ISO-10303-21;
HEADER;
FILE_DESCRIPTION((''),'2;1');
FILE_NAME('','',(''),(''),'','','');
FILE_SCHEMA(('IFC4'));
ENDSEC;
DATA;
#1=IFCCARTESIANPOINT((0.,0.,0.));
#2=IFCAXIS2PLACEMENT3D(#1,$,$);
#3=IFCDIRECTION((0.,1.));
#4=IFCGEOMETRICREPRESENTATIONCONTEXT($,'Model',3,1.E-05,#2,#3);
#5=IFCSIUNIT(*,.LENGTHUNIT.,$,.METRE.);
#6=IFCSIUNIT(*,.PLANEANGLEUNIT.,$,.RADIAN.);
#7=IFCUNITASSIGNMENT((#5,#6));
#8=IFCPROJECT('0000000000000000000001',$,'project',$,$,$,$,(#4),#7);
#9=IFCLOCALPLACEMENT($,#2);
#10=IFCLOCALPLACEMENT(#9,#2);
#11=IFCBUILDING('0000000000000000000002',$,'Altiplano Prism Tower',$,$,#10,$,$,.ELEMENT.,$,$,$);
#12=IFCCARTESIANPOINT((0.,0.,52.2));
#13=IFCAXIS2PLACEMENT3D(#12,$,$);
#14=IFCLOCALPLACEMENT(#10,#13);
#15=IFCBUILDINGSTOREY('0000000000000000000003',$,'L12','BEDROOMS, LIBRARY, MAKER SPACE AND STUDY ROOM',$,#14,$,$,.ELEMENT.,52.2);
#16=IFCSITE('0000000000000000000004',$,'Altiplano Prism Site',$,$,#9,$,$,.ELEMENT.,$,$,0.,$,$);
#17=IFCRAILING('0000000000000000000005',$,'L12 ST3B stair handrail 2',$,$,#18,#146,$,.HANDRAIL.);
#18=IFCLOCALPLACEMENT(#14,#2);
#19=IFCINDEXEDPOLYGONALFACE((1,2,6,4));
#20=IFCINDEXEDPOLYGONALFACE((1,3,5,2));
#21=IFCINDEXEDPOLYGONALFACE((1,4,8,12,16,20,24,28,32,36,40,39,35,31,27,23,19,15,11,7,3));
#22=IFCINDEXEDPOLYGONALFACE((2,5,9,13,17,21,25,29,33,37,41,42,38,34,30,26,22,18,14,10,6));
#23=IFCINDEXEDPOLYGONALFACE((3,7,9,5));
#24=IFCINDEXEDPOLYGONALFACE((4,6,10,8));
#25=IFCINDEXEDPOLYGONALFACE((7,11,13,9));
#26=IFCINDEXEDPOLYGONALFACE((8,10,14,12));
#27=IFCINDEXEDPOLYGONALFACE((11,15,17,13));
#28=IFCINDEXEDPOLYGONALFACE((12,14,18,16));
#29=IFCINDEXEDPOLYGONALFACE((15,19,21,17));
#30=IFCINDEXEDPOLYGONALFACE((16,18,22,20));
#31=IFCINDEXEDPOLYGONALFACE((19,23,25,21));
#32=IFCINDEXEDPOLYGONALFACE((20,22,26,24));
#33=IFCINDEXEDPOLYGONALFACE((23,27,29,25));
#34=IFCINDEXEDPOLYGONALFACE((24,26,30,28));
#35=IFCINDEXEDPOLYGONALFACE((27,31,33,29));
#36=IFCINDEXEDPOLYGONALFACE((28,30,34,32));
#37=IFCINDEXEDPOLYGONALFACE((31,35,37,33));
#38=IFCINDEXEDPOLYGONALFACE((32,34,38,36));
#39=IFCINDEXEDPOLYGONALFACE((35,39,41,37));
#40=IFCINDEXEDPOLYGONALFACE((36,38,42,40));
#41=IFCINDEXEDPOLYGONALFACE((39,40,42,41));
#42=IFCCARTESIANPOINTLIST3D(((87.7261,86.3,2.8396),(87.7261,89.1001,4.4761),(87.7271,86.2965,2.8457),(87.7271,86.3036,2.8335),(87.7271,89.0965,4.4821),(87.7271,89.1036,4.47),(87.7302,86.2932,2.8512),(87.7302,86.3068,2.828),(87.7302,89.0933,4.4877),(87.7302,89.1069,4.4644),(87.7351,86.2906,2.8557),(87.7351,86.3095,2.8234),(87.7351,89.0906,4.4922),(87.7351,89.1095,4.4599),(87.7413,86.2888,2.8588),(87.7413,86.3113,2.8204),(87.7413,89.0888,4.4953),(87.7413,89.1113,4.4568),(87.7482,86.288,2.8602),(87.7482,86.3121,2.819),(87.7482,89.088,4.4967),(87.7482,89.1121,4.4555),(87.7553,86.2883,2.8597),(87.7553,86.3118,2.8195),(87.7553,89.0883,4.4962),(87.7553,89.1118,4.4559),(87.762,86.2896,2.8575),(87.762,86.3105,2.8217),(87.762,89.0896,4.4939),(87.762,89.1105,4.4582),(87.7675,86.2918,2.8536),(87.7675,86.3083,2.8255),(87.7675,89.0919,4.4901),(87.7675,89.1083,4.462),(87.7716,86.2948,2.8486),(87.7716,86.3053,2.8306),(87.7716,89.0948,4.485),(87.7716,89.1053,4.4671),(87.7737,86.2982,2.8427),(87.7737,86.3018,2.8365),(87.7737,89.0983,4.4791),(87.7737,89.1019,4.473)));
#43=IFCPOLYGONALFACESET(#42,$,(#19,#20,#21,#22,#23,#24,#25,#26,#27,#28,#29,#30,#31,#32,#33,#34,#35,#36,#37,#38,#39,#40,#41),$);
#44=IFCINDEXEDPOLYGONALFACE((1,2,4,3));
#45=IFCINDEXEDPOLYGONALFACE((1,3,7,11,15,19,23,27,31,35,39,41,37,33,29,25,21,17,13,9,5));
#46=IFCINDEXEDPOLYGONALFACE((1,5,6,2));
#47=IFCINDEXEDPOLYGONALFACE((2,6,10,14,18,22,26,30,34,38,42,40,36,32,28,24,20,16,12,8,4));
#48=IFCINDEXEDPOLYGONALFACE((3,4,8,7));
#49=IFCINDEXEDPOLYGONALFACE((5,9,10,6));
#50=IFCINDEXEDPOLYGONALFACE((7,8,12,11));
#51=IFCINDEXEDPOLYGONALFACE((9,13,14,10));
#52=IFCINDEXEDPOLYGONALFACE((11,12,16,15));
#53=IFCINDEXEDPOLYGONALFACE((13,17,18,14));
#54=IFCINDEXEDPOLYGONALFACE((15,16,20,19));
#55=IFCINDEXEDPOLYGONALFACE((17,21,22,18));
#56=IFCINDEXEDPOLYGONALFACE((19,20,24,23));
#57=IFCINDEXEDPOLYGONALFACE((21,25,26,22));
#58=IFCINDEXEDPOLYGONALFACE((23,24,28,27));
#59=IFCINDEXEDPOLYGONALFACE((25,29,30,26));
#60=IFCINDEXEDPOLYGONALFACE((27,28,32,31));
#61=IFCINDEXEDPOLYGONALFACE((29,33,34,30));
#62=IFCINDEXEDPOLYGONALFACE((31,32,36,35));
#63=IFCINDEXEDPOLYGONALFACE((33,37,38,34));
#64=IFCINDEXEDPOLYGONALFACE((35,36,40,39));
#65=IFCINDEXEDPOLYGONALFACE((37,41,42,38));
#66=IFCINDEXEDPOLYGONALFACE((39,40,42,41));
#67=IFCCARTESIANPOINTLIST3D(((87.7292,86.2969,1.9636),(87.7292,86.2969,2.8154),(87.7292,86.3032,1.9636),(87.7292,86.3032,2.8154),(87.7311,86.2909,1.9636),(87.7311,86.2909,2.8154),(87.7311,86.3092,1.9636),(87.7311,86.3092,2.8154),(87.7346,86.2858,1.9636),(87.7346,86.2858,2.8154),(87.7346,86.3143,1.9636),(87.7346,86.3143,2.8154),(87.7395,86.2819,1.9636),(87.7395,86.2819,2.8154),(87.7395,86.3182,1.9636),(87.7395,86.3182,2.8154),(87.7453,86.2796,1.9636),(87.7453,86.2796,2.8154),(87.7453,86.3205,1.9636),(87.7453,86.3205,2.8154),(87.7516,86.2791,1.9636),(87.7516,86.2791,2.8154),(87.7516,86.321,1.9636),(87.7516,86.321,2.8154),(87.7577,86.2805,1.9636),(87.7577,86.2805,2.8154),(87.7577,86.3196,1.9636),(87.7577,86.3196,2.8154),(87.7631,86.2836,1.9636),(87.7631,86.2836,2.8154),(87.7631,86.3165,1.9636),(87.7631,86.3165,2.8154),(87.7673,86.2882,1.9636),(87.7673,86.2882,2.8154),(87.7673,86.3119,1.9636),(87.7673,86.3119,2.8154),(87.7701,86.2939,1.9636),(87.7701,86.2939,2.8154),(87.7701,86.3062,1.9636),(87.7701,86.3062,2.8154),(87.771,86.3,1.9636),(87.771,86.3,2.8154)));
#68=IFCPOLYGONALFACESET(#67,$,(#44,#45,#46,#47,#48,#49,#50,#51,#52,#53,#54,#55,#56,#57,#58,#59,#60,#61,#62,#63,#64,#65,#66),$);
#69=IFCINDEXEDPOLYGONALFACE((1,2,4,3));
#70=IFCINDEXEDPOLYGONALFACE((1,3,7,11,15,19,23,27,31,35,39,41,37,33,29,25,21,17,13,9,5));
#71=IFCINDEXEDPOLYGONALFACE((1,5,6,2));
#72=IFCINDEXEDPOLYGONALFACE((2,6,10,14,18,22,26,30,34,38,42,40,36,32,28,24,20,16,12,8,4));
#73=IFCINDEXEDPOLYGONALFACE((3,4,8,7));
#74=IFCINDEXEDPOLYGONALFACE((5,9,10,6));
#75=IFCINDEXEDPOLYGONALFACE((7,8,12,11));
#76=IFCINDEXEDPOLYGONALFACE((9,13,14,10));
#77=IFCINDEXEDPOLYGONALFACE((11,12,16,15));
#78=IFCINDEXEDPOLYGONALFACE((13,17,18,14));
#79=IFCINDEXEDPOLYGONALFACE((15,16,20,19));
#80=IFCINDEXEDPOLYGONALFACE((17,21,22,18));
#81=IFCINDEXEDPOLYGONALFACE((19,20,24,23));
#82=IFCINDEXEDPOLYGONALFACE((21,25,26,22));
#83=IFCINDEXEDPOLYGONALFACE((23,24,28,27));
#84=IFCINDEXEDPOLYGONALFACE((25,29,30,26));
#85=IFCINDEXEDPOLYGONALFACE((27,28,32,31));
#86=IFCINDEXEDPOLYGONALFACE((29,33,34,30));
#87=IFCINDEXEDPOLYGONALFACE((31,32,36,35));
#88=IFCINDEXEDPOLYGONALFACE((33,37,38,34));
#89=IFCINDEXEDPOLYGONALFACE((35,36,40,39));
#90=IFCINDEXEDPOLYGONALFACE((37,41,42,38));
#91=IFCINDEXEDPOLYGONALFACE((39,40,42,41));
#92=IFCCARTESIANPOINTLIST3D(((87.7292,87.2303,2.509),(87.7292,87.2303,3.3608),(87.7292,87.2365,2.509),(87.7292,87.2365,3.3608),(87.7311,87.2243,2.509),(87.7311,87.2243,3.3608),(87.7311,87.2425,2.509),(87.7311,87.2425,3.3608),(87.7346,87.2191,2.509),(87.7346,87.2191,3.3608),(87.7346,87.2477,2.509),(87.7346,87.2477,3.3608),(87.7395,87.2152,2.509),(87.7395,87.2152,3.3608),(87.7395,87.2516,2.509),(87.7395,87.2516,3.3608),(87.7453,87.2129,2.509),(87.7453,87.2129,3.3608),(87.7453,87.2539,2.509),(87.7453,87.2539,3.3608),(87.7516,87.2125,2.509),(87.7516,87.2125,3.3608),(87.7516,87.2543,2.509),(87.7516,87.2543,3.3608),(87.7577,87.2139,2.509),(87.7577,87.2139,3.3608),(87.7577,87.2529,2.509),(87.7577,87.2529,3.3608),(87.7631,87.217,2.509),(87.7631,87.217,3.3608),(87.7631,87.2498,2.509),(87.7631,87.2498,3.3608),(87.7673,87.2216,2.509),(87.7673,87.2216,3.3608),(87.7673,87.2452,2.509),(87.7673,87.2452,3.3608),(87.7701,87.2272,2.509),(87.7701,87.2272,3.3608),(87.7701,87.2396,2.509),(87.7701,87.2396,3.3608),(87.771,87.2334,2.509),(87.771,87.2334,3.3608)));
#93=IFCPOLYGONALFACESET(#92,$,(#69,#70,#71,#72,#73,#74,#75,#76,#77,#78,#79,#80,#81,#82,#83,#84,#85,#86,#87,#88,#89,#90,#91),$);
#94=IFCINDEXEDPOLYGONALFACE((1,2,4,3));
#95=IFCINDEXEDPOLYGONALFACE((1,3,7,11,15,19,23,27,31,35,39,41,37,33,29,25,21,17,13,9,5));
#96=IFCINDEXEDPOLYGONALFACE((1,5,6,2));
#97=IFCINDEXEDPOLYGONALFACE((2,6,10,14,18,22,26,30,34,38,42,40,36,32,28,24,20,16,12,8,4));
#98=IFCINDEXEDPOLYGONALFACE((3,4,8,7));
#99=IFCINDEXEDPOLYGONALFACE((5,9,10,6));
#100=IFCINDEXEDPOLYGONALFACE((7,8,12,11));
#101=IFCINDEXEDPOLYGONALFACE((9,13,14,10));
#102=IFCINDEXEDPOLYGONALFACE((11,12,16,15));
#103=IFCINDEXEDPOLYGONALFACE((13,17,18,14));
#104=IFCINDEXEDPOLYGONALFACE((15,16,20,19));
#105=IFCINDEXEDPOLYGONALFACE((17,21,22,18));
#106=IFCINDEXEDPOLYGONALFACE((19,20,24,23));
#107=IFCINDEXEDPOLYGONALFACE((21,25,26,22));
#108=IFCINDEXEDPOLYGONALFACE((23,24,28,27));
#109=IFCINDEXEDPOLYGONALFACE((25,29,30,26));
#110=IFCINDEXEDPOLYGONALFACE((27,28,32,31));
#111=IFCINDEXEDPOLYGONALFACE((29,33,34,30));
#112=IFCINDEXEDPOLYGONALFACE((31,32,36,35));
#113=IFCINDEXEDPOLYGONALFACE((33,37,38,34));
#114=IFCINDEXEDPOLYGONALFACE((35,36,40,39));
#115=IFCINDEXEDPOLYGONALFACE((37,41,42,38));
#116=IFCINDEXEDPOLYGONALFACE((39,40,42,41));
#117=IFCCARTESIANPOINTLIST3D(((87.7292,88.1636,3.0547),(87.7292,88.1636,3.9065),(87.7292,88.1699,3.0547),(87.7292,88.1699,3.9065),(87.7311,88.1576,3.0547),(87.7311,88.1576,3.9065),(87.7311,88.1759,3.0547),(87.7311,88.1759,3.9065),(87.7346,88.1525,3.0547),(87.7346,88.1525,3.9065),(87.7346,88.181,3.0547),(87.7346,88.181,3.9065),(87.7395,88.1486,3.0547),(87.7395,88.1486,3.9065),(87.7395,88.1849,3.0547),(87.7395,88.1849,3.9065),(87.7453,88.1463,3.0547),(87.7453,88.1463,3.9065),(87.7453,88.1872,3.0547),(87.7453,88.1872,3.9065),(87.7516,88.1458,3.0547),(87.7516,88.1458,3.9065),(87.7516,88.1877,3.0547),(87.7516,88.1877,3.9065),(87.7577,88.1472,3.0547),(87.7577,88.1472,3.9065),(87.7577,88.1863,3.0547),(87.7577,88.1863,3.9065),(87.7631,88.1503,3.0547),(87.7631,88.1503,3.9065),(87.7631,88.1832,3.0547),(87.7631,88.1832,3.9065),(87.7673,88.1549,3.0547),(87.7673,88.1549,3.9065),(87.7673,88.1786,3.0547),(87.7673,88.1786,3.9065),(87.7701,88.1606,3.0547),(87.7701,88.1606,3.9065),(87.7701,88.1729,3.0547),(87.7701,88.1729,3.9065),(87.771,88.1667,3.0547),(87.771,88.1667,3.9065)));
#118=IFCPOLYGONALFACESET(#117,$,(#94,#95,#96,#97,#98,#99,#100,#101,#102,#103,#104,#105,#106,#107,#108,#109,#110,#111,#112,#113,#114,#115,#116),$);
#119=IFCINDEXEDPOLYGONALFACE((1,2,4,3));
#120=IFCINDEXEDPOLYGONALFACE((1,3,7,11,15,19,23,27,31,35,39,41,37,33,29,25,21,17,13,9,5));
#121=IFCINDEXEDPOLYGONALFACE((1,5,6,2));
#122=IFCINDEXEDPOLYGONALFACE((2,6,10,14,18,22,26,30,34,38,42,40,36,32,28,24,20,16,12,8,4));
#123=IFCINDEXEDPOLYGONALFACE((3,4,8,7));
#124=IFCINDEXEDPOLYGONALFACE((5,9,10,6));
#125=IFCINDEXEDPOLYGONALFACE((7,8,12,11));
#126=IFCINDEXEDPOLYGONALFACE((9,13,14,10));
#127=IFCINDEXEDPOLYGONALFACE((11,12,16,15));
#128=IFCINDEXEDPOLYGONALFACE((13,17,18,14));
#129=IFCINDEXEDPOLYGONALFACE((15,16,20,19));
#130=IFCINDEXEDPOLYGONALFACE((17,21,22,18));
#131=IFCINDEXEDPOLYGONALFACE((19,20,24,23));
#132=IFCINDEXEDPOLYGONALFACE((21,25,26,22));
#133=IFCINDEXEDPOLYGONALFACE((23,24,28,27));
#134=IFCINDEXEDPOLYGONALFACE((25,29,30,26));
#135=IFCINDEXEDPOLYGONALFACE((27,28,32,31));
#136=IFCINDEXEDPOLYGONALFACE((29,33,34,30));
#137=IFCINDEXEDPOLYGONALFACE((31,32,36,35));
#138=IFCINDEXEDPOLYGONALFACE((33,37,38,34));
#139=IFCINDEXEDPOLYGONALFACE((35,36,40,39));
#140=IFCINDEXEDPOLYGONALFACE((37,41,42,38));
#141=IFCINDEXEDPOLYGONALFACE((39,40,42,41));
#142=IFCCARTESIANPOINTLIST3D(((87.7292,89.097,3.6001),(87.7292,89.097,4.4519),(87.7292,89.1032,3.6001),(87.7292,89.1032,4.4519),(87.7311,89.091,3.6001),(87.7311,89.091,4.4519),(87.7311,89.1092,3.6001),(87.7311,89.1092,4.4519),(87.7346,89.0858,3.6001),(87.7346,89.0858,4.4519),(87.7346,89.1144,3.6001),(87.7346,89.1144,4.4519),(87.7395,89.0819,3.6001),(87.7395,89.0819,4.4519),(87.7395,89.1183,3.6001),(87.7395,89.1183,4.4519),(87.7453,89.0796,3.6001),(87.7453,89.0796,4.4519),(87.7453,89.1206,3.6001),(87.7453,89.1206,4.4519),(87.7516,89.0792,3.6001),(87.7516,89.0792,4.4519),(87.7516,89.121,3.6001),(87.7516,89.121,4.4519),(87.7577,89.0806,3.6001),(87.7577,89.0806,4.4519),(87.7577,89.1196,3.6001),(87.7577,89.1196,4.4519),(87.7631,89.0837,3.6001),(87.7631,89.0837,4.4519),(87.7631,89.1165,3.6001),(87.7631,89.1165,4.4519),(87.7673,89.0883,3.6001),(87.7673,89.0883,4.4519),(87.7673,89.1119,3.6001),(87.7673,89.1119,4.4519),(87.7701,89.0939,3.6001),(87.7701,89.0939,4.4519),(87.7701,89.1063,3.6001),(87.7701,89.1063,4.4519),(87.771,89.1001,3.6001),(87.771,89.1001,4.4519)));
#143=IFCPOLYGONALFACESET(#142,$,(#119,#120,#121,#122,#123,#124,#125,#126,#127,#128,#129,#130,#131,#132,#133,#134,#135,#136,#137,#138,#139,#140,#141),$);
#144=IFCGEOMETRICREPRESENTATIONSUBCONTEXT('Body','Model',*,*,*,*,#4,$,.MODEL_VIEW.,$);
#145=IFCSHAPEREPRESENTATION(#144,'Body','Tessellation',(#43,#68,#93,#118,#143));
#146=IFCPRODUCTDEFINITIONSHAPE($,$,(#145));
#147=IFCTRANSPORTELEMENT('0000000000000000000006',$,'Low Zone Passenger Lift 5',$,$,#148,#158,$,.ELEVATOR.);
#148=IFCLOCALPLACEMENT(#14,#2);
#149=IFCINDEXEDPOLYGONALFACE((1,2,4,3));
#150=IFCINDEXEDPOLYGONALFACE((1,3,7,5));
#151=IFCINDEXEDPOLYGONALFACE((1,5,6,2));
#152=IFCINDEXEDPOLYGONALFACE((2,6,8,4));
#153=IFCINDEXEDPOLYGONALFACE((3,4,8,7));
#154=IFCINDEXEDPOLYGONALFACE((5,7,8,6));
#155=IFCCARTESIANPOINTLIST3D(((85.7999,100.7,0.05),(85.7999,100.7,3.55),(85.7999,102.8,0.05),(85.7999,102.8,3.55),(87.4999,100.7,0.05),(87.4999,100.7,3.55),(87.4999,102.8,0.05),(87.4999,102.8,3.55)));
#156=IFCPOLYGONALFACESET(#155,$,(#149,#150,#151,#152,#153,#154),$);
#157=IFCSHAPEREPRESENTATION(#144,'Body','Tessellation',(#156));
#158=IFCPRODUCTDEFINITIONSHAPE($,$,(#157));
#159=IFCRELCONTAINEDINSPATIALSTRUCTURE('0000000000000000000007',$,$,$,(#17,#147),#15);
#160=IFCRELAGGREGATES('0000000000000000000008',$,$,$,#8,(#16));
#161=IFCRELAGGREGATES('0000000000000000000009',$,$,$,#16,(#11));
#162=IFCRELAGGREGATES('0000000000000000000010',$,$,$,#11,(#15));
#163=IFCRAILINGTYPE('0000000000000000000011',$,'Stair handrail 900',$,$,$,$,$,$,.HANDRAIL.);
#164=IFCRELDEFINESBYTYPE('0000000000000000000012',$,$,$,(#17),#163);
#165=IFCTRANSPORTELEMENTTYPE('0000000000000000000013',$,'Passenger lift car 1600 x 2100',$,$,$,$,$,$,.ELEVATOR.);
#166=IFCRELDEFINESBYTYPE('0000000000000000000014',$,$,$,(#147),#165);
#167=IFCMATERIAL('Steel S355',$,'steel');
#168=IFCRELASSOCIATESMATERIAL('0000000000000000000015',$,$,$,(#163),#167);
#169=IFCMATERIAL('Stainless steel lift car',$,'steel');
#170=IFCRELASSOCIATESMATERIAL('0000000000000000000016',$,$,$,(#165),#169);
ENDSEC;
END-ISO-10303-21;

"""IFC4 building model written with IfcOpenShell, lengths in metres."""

from ifc_helpers import new_model, si_unit, direction, frame, origin, origin_2d, place, context, subcontext, project, spatial, rectangle, circle, extrude, material, type_object, element, save


model = new_model("IFC4")

# Units and contexts
model_context = context("Model", 3, precision=1e-05, world=origin(), true_north=direction((0.0, 1.0)))
body_context = subcontext(model_context, "Body", "Model", "MODEL_VIEW")
ifc_project = project(units=[si_unit("LENGTHUNIT", "METRE"), si_unit("PLANEANGLEUNIT", "RADIAN")], contexts=[model_context])

# Site, building, storey
site_placement = place(None, origin())
site = spatial("IfcSite", under=ifc_project, at=site_placement, Name="Altiplano Prism Site", CompositionType="ELEMENT", RefElevation=0.0)
building_placement = place(site_placement, origin())
building = spatial("IfcBuilding", under=site, at=building_placement, Name="Altiplano Prism Tower", CompositionType="ELEMENT")
storey_placement = place(building_placement, frame((0.0, 0.0, 52.2)))
storey = spatial("IfcBuildingStorey", under=building, at=storey_placement, Name="L12", Description="BEDROOMS, LIBRARY, MAKER SPACE AND STUDY ROOM", CompositionType="ELEMENT", Elevation=52.2)

# Railing
ifc_material_1 = material(Name="Steel S355", Category="steel")
railing_type_1 = type_object("IfcRailingType", Name="Stair handrail 900", PredefinedType="HANDRAIL", material=ifc_material_1)
railing_1_placement = place(storey_placement, frame((87.75, 86.3, 1.9636)))
element("IfcRailing", 1, at=railing_1_placement, inside=storey, type_object=railing_type_1, Name="L12 ST3B stair handrail 2", PredefinedType="HANDRAIL", context=body_context, shape_type="SweptSolid", body=[
    extrude(circle(Radius=0.0239, at=origin_2d()), frame((0.0, 0.0, 0.876), z_axis=(0.0, 0.863361, 0.504587), x_axis=(-1.0, 0.0, 0.0)), (0.0, 0.0, 1.0), 3.2432),
    extrude(circle(Radius=0.021, at=origin_2d()), origin(), (0.0, 0.0, 1.0), 0.8518),
    extrude(circle(Radius=0.021, at=origin_2d()), frame((0.0, 0.9333, 0.5454)), (0.0, 0.0, 1.0), 0.8518),
    extrude(circle(Radius=0.021, at=origin_2d()), frame((0.0, 1.8667, 1.0911)), (0.0, 0.0, 1.0), 0.8518),
    extrude(circle(Radius=0.021, at=origin_2d()), frame((0.0, 2.8, 1.6365)), (0.0, 0.0, 1.0), 0.8518),
])

# Transport element
ifc_material_2 = material(Name="Stainless steel lift car", Category="steel")
transport_element_type = type_object("IfcTransportElementType", Name="Passenger lift car 1600 x 2100", PredefinedType="ELEVATOR", material=ifc_material_2)
transport_element_placement = place(storey_placement, frame((86.6499, 101.75, 0.05), z_axis=(0.0, 0.0, 1.0), x_axis=(1.0, 0.0, 0.0)))
element("IfcTransportElement", 2, at=transport_element_placement, inside=storey, type_object=transport_element_type, Name="Low Zone Passenger Lift 5", PredefinedType="ELEVATOR", context=body_context, shape_type="SweptSolid", body=[
    extrude(rectangle(XDim=1.7, YDim=2.1001, at=origin_2d()), origin(), (0.0, 0.0, 1.0), 3.5),
])

save(model, "model.ifc")
